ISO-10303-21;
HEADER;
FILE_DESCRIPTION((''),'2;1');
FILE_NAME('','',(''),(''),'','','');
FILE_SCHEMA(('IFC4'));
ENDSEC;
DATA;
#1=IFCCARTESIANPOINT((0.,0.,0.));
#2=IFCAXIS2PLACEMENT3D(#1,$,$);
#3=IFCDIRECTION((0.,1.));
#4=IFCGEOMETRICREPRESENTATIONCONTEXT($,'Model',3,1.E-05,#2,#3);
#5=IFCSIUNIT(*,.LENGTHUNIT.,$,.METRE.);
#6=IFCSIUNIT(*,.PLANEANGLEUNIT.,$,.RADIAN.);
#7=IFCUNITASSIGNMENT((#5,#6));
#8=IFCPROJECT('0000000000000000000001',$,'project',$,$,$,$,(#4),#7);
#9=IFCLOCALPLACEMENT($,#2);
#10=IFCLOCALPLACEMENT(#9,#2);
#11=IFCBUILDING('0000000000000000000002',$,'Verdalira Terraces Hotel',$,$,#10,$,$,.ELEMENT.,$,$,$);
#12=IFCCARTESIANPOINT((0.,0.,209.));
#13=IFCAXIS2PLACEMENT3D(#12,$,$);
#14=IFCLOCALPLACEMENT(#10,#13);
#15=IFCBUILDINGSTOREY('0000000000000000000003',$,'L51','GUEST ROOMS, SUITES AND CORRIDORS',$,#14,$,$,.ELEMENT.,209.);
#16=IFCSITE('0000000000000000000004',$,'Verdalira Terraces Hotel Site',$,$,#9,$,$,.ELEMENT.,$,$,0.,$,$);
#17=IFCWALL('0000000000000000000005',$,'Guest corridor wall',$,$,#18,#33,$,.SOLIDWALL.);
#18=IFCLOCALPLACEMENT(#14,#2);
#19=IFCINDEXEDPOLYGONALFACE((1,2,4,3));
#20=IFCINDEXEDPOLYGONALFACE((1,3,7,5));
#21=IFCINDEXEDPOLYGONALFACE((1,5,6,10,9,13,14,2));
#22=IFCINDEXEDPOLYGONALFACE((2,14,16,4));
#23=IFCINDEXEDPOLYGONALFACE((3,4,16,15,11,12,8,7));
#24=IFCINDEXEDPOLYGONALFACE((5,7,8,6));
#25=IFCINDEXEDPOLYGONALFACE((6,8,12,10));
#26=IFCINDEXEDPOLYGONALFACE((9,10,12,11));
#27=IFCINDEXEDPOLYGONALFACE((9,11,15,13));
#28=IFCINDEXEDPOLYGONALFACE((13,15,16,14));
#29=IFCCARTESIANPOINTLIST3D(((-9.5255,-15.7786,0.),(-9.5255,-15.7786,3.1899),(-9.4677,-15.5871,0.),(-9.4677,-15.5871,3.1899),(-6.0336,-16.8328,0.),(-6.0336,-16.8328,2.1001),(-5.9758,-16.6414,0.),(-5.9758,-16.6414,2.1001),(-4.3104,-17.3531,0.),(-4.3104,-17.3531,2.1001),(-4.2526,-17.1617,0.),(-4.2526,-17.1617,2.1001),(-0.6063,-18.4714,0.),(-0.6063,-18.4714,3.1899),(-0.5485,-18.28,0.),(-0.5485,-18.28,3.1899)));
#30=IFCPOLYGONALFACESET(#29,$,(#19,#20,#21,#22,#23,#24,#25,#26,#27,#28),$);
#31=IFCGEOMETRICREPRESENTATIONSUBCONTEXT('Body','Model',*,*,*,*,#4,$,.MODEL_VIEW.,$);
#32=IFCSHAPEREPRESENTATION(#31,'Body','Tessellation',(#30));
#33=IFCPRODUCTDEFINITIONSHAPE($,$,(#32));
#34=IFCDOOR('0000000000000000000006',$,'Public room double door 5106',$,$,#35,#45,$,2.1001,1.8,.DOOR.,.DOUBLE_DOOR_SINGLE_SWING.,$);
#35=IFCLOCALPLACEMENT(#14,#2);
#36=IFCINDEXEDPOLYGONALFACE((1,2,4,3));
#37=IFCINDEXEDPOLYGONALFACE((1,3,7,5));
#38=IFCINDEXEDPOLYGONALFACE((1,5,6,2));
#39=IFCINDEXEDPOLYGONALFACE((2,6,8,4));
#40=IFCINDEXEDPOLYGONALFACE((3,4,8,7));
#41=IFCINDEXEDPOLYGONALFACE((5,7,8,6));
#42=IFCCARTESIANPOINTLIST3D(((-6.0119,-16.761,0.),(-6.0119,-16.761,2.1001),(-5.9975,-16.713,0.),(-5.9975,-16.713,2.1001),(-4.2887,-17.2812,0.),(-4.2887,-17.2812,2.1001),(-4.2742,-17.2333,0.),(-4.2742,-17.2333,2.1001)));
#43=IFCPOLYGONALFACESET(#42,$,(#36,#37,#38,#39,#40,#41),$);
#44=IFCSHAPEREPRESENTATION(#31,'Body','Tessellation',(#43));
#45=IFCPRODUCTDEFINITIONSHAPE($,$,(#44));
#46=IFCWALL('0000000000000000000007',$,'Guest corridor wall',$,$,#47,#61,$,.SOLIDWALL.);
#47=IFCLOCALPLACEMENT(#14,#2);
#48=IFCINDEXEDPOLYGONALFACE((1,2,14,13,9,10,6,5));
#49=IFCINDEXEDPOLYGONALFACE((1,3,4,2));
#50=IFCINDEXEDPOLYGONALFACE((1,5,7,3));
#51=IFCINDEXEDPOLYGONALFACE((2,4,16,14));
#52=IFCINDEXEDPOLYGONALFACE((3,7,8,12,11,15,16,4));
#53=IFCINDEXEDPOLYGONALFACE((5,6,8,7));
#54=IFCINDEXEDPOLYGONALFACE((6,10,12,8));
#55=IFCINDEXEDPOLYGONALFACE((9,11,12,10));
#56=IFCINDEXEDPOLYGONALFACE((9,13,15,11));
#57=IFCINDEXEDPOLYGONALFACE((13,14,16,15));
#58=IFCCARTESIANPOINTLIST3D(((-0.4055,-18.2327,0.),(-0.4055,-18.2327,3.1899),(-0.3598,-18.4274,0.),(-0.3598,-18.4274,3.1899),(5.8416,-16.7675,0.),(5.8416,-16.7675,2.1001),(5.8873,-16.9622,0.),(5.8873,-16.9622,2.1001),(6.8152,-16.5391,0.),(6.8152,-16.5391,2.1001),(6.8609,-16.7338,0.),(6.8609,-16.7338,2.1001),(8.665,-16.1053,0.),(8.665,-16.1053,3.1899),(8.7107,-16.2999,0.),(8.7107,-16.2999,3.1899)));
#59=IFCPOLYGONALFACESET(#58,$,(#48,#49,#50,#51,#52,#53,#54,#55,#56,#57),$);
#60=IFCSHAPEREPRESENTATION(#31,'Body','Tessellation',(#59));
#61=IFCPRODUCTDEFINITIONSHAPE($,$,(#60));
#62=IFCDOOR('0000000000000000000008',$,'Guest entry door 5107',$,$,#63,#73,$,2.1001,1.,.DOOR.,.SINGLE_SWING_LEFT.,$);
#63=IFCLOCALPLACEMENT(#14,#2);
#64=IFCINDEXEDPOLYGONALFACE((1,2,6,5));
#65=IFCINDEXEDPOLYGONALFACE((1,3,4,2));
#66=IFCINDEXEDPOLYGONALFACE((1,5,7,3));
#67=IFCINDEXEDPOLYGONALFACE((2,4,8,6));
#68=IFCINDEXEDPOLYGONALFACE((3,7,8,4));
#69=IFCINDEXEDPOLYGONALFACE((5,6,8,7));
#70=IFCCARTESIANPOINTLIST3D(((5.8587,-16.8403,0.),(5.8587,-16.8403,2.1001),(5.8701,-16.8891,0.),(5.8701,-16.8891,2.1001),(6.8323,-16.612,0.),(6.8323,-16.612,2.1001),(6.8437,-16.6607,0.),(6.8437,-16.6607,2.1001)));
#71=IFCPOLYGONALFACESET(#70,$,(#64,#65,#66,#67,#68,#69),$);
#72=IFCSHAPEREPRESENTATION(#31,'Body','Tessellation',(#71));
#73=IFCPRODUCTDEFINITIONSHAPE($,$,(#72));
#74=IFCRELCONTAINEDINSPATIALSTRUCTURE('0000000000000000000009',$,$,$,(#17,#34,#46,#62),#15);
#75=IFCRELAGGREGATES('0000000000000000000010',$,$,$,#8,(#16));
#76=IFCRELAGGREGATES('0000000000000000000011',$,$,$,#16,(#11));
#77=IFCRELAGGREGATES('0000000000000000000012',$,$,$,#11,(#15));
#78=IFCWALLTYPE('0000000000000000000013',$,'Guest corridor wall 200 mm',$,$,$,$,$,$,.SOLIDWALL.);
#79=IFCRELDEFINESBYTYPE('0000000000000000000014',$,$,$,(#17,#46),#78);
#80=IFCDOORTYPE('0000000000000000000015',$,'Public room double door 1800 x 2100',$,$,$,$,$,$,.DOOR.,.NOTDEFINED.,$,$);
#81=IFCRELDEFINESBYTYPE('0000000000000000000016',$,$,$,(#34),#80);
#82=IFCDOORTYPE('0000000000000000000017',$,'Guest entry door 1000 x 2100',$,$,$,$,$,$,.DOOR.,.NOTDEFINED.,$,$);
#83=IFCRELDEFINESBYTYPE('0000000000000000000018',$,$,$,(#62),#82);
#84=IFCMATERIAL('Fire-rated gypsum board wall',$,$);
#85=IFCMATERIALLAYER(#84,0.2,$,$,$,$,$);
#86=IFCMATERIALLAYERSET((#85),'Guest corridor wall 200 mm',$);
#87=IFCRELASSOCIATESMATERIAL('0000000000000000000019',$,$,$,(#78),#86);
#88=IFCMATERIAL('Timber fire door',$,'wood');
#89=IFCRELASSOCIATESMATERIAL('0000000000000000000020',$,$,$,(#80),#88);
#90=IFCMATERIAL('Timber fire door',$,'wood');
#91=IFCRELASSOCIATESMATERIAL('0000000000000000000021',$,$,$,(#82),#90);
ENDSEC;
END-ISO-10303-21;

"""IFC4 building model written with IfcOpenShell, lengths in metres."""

from ifc_helpers import new_model, si_unit, direction, frame, frame_2d, origin, place, context, subcontext, project, spatial, rectangle, extrude, material, layer, layer_set, type_object, element, fill, save


model = new_model("IFC4")

# Units and contexts
model_context = context("Model", 3, precision=1e-05, world=origin(), true_north=direction((0.0, 1.0)))
body_context = subcontext(model_context, "Body", "Model", "MODEL_VIEW")
ifc_project = project(units=[si_unit("LENGTHUNIT", "METRE"), si_unit("PLANEANGLEUNIT", "RADIAN")], contexts=[model_context])

# Site, building, storey
site_placement = place(None, origin())
site = spatial("IfcSite", under=ifc_project, at=site_placement, Name="Verdalira Terraces Hotel Site", CompositionType="ELEMENT", RefElevation=0.0)
building_placement = place(site_placement, origin())
building = spatial("IfcBuilding", under=site, at=building_placement, Name="Verdalira Terraces Hotel", CompositionType="ELEMENT")
storey_placement = place(building_placement, frame((0.0, 0.0, 209.0)))
storey = spatial("IfcBuildingStorey", under=building, at=storey_placement, Name="L51", Description="GUEST ROOMS, SUITES AND CORRIDORS", CompositionType="ELEMENT", Elevation=209.0)

# Walls, openings, doors
ifc_material_1 = material(Name="Fire-rated gypsum board wall")
ifc_layer_1 = layer(ifc_material_1, 0.2)
ifc_layer_set_1 = layer_set([ifc_layer_1], Name="Guest corridor wall 200 mm")
wall_type_1 = type_object("IfcWallType", Name="Guest corridor wall 200 mm", PredefinedType="SOLIDWALL", material=ifc_layer_set_1)
wall_1_placement = place(storey_placement, frame((-0.5774, -18.3757, 0.0), z_axis=(0.0, 0.0, 1.0), x_axis=(-0.957319, 0.289033, 0.0)))
wall_1 = element("IfcWall", 1, at=wall_1_placement, inside=storey, type_object=wall_type_1, Name="Guest corridor wall", PredefinedType="SOLIDWALL", context=body_context, shape_type="SweptSolid", body=[
    extrude(rectangle(XDim=9.3169, YDim=0.2, at=frame_2d((4.6584, 0.0))), origin(), (0.0, 0.0, 1.0), 3.1899),
])
opening_1_placement = place(wall_1_placement, frame((3.8694, 0.0, 0.0)))
opening_1 = element("IfcOpeningElement", 2, at=opening_1_placement, cuts=wall_1, PredefinedType="OPENING", context=body_context, shape_type="SweptSolid", body=[
    extrude(rectangle(XDim=1.8, YDim=2.1001, at=frame_2d((0.8999, 1.05))), frame((0.0, 0.1099, 0.0), z_axis=(0.0, -1.0, 0.0), x_axis=(1.0, 0.0, 0.0)), (0.0, 0.0, 1.0), 0.22),
])
ifc_material_2 = material(Name="Timber fire door", Category="wood")
door_type_1 = type_object("IfcDoorType", Name="Public room double door 1800 x 2100", OperationType="NOTDEFINED", PredefinedType="DOOR", material=ifc_material_2)
door_1_placement = place(opening_1_placement, origin())
door_1 = element("IfcDoor", 3, at=door_1_placement, inside=storey, type_object=door_type_1, Name="Public room double door 5106", OperationType="DOUBLE_DOOR_SINGLE_SWING", OverallHeight=2.1001, OverallWidth=1.8, PredefinedType="DOOR", context=body_context, shape_type="SweptSolid", body=[
    extrude(rectangle(XDim=1.8, YDim=2.1001, at=frame_2d((0.8999, 1.05))), frame((0.0, 0.0249, 0.0), z_axis=(0.0, -1.0, 0.0), x_axis=(1.0, 0.0, 0.0)), (0.0, 0.0, 1.0), 0.05),
])
fill(opening_1, door_1)
wall_2_placement = place(storey_placement, frame((8.6877, -16.2026, 0.0), z_axis=(0.0, 0.0, 1.0), x_axis=(-0.97358, -0.228347, 0.0)))
wall_2 = element("IfcWall", 4, at=wall_2_placement, inside=storey, type_object=wall_type_1, Name="Guest corridor wall", PredefinedType="SOLIDWALL", context=body_context, shape_type="SweptSolid", body=[
    extrude(rectangle(XDim=9.3166, YDim=0.2, at=frame_2d((4.6582, 0.0))), origin(), (0.0, 0.0, 1.0), 3.1899),
])
opening_2_placement = place(wall_2_placement, frame((1.8999, 0.0, 0.0)))
opening_2 = element("IfcOpeningElement", 5, at=opening_2_placement, cuts=wall_2, PredefinedType="OPENING", context=body_context, shape_type="SweptSolid", body=[
    extrude(rectangle(XDim=1.0, YDim=2.1001, at=frame_2d((0.5, 1.05))), frame((0.0, 0.1099, 0.0), z_axis=(0.0, -1.0, 0.0), x_axis=(1.0, 0.0, 0.0)), (0.0, 0.0, 1.0), 0.22),
])
ifc_material_3 = material(Name="Timber fire door", Category="wood")
door_type_2 = type_object("IfcDoorType", Name="Guest entry door 1000 x 2100", OperationType="NOTDEFINED", PredefinedType="DOOR", material=ifc_material_3)
door_2_placement = place(opening_2_placement, origin())
door_2 = element("IfcDoor", 6, at=door_2_placement, inside=storey, type_object=door_type_2, Name="Guest entry door 5107", OperationType="SINGLE_SWING_LEFT", OverallHeight=2.1001, OverallWidth=1.0, PredefinedType="DOOR", context=body_context, shape_type="SweptSolid", body=[
    extrude(rectangle(XDim=1.0, YDim=2.1001, at=frame_2d((0.5, 1.05))), frame((0.0, 0.0249, 0.0), z_axis=(0.0, -1.0, 0.0), x_axis=(1.0, 0.0, 0.0)), (0.0, 0.0, 1.0), 0.05),
])
fill(opening_2, door_2)

save(model, "model.ifc")
